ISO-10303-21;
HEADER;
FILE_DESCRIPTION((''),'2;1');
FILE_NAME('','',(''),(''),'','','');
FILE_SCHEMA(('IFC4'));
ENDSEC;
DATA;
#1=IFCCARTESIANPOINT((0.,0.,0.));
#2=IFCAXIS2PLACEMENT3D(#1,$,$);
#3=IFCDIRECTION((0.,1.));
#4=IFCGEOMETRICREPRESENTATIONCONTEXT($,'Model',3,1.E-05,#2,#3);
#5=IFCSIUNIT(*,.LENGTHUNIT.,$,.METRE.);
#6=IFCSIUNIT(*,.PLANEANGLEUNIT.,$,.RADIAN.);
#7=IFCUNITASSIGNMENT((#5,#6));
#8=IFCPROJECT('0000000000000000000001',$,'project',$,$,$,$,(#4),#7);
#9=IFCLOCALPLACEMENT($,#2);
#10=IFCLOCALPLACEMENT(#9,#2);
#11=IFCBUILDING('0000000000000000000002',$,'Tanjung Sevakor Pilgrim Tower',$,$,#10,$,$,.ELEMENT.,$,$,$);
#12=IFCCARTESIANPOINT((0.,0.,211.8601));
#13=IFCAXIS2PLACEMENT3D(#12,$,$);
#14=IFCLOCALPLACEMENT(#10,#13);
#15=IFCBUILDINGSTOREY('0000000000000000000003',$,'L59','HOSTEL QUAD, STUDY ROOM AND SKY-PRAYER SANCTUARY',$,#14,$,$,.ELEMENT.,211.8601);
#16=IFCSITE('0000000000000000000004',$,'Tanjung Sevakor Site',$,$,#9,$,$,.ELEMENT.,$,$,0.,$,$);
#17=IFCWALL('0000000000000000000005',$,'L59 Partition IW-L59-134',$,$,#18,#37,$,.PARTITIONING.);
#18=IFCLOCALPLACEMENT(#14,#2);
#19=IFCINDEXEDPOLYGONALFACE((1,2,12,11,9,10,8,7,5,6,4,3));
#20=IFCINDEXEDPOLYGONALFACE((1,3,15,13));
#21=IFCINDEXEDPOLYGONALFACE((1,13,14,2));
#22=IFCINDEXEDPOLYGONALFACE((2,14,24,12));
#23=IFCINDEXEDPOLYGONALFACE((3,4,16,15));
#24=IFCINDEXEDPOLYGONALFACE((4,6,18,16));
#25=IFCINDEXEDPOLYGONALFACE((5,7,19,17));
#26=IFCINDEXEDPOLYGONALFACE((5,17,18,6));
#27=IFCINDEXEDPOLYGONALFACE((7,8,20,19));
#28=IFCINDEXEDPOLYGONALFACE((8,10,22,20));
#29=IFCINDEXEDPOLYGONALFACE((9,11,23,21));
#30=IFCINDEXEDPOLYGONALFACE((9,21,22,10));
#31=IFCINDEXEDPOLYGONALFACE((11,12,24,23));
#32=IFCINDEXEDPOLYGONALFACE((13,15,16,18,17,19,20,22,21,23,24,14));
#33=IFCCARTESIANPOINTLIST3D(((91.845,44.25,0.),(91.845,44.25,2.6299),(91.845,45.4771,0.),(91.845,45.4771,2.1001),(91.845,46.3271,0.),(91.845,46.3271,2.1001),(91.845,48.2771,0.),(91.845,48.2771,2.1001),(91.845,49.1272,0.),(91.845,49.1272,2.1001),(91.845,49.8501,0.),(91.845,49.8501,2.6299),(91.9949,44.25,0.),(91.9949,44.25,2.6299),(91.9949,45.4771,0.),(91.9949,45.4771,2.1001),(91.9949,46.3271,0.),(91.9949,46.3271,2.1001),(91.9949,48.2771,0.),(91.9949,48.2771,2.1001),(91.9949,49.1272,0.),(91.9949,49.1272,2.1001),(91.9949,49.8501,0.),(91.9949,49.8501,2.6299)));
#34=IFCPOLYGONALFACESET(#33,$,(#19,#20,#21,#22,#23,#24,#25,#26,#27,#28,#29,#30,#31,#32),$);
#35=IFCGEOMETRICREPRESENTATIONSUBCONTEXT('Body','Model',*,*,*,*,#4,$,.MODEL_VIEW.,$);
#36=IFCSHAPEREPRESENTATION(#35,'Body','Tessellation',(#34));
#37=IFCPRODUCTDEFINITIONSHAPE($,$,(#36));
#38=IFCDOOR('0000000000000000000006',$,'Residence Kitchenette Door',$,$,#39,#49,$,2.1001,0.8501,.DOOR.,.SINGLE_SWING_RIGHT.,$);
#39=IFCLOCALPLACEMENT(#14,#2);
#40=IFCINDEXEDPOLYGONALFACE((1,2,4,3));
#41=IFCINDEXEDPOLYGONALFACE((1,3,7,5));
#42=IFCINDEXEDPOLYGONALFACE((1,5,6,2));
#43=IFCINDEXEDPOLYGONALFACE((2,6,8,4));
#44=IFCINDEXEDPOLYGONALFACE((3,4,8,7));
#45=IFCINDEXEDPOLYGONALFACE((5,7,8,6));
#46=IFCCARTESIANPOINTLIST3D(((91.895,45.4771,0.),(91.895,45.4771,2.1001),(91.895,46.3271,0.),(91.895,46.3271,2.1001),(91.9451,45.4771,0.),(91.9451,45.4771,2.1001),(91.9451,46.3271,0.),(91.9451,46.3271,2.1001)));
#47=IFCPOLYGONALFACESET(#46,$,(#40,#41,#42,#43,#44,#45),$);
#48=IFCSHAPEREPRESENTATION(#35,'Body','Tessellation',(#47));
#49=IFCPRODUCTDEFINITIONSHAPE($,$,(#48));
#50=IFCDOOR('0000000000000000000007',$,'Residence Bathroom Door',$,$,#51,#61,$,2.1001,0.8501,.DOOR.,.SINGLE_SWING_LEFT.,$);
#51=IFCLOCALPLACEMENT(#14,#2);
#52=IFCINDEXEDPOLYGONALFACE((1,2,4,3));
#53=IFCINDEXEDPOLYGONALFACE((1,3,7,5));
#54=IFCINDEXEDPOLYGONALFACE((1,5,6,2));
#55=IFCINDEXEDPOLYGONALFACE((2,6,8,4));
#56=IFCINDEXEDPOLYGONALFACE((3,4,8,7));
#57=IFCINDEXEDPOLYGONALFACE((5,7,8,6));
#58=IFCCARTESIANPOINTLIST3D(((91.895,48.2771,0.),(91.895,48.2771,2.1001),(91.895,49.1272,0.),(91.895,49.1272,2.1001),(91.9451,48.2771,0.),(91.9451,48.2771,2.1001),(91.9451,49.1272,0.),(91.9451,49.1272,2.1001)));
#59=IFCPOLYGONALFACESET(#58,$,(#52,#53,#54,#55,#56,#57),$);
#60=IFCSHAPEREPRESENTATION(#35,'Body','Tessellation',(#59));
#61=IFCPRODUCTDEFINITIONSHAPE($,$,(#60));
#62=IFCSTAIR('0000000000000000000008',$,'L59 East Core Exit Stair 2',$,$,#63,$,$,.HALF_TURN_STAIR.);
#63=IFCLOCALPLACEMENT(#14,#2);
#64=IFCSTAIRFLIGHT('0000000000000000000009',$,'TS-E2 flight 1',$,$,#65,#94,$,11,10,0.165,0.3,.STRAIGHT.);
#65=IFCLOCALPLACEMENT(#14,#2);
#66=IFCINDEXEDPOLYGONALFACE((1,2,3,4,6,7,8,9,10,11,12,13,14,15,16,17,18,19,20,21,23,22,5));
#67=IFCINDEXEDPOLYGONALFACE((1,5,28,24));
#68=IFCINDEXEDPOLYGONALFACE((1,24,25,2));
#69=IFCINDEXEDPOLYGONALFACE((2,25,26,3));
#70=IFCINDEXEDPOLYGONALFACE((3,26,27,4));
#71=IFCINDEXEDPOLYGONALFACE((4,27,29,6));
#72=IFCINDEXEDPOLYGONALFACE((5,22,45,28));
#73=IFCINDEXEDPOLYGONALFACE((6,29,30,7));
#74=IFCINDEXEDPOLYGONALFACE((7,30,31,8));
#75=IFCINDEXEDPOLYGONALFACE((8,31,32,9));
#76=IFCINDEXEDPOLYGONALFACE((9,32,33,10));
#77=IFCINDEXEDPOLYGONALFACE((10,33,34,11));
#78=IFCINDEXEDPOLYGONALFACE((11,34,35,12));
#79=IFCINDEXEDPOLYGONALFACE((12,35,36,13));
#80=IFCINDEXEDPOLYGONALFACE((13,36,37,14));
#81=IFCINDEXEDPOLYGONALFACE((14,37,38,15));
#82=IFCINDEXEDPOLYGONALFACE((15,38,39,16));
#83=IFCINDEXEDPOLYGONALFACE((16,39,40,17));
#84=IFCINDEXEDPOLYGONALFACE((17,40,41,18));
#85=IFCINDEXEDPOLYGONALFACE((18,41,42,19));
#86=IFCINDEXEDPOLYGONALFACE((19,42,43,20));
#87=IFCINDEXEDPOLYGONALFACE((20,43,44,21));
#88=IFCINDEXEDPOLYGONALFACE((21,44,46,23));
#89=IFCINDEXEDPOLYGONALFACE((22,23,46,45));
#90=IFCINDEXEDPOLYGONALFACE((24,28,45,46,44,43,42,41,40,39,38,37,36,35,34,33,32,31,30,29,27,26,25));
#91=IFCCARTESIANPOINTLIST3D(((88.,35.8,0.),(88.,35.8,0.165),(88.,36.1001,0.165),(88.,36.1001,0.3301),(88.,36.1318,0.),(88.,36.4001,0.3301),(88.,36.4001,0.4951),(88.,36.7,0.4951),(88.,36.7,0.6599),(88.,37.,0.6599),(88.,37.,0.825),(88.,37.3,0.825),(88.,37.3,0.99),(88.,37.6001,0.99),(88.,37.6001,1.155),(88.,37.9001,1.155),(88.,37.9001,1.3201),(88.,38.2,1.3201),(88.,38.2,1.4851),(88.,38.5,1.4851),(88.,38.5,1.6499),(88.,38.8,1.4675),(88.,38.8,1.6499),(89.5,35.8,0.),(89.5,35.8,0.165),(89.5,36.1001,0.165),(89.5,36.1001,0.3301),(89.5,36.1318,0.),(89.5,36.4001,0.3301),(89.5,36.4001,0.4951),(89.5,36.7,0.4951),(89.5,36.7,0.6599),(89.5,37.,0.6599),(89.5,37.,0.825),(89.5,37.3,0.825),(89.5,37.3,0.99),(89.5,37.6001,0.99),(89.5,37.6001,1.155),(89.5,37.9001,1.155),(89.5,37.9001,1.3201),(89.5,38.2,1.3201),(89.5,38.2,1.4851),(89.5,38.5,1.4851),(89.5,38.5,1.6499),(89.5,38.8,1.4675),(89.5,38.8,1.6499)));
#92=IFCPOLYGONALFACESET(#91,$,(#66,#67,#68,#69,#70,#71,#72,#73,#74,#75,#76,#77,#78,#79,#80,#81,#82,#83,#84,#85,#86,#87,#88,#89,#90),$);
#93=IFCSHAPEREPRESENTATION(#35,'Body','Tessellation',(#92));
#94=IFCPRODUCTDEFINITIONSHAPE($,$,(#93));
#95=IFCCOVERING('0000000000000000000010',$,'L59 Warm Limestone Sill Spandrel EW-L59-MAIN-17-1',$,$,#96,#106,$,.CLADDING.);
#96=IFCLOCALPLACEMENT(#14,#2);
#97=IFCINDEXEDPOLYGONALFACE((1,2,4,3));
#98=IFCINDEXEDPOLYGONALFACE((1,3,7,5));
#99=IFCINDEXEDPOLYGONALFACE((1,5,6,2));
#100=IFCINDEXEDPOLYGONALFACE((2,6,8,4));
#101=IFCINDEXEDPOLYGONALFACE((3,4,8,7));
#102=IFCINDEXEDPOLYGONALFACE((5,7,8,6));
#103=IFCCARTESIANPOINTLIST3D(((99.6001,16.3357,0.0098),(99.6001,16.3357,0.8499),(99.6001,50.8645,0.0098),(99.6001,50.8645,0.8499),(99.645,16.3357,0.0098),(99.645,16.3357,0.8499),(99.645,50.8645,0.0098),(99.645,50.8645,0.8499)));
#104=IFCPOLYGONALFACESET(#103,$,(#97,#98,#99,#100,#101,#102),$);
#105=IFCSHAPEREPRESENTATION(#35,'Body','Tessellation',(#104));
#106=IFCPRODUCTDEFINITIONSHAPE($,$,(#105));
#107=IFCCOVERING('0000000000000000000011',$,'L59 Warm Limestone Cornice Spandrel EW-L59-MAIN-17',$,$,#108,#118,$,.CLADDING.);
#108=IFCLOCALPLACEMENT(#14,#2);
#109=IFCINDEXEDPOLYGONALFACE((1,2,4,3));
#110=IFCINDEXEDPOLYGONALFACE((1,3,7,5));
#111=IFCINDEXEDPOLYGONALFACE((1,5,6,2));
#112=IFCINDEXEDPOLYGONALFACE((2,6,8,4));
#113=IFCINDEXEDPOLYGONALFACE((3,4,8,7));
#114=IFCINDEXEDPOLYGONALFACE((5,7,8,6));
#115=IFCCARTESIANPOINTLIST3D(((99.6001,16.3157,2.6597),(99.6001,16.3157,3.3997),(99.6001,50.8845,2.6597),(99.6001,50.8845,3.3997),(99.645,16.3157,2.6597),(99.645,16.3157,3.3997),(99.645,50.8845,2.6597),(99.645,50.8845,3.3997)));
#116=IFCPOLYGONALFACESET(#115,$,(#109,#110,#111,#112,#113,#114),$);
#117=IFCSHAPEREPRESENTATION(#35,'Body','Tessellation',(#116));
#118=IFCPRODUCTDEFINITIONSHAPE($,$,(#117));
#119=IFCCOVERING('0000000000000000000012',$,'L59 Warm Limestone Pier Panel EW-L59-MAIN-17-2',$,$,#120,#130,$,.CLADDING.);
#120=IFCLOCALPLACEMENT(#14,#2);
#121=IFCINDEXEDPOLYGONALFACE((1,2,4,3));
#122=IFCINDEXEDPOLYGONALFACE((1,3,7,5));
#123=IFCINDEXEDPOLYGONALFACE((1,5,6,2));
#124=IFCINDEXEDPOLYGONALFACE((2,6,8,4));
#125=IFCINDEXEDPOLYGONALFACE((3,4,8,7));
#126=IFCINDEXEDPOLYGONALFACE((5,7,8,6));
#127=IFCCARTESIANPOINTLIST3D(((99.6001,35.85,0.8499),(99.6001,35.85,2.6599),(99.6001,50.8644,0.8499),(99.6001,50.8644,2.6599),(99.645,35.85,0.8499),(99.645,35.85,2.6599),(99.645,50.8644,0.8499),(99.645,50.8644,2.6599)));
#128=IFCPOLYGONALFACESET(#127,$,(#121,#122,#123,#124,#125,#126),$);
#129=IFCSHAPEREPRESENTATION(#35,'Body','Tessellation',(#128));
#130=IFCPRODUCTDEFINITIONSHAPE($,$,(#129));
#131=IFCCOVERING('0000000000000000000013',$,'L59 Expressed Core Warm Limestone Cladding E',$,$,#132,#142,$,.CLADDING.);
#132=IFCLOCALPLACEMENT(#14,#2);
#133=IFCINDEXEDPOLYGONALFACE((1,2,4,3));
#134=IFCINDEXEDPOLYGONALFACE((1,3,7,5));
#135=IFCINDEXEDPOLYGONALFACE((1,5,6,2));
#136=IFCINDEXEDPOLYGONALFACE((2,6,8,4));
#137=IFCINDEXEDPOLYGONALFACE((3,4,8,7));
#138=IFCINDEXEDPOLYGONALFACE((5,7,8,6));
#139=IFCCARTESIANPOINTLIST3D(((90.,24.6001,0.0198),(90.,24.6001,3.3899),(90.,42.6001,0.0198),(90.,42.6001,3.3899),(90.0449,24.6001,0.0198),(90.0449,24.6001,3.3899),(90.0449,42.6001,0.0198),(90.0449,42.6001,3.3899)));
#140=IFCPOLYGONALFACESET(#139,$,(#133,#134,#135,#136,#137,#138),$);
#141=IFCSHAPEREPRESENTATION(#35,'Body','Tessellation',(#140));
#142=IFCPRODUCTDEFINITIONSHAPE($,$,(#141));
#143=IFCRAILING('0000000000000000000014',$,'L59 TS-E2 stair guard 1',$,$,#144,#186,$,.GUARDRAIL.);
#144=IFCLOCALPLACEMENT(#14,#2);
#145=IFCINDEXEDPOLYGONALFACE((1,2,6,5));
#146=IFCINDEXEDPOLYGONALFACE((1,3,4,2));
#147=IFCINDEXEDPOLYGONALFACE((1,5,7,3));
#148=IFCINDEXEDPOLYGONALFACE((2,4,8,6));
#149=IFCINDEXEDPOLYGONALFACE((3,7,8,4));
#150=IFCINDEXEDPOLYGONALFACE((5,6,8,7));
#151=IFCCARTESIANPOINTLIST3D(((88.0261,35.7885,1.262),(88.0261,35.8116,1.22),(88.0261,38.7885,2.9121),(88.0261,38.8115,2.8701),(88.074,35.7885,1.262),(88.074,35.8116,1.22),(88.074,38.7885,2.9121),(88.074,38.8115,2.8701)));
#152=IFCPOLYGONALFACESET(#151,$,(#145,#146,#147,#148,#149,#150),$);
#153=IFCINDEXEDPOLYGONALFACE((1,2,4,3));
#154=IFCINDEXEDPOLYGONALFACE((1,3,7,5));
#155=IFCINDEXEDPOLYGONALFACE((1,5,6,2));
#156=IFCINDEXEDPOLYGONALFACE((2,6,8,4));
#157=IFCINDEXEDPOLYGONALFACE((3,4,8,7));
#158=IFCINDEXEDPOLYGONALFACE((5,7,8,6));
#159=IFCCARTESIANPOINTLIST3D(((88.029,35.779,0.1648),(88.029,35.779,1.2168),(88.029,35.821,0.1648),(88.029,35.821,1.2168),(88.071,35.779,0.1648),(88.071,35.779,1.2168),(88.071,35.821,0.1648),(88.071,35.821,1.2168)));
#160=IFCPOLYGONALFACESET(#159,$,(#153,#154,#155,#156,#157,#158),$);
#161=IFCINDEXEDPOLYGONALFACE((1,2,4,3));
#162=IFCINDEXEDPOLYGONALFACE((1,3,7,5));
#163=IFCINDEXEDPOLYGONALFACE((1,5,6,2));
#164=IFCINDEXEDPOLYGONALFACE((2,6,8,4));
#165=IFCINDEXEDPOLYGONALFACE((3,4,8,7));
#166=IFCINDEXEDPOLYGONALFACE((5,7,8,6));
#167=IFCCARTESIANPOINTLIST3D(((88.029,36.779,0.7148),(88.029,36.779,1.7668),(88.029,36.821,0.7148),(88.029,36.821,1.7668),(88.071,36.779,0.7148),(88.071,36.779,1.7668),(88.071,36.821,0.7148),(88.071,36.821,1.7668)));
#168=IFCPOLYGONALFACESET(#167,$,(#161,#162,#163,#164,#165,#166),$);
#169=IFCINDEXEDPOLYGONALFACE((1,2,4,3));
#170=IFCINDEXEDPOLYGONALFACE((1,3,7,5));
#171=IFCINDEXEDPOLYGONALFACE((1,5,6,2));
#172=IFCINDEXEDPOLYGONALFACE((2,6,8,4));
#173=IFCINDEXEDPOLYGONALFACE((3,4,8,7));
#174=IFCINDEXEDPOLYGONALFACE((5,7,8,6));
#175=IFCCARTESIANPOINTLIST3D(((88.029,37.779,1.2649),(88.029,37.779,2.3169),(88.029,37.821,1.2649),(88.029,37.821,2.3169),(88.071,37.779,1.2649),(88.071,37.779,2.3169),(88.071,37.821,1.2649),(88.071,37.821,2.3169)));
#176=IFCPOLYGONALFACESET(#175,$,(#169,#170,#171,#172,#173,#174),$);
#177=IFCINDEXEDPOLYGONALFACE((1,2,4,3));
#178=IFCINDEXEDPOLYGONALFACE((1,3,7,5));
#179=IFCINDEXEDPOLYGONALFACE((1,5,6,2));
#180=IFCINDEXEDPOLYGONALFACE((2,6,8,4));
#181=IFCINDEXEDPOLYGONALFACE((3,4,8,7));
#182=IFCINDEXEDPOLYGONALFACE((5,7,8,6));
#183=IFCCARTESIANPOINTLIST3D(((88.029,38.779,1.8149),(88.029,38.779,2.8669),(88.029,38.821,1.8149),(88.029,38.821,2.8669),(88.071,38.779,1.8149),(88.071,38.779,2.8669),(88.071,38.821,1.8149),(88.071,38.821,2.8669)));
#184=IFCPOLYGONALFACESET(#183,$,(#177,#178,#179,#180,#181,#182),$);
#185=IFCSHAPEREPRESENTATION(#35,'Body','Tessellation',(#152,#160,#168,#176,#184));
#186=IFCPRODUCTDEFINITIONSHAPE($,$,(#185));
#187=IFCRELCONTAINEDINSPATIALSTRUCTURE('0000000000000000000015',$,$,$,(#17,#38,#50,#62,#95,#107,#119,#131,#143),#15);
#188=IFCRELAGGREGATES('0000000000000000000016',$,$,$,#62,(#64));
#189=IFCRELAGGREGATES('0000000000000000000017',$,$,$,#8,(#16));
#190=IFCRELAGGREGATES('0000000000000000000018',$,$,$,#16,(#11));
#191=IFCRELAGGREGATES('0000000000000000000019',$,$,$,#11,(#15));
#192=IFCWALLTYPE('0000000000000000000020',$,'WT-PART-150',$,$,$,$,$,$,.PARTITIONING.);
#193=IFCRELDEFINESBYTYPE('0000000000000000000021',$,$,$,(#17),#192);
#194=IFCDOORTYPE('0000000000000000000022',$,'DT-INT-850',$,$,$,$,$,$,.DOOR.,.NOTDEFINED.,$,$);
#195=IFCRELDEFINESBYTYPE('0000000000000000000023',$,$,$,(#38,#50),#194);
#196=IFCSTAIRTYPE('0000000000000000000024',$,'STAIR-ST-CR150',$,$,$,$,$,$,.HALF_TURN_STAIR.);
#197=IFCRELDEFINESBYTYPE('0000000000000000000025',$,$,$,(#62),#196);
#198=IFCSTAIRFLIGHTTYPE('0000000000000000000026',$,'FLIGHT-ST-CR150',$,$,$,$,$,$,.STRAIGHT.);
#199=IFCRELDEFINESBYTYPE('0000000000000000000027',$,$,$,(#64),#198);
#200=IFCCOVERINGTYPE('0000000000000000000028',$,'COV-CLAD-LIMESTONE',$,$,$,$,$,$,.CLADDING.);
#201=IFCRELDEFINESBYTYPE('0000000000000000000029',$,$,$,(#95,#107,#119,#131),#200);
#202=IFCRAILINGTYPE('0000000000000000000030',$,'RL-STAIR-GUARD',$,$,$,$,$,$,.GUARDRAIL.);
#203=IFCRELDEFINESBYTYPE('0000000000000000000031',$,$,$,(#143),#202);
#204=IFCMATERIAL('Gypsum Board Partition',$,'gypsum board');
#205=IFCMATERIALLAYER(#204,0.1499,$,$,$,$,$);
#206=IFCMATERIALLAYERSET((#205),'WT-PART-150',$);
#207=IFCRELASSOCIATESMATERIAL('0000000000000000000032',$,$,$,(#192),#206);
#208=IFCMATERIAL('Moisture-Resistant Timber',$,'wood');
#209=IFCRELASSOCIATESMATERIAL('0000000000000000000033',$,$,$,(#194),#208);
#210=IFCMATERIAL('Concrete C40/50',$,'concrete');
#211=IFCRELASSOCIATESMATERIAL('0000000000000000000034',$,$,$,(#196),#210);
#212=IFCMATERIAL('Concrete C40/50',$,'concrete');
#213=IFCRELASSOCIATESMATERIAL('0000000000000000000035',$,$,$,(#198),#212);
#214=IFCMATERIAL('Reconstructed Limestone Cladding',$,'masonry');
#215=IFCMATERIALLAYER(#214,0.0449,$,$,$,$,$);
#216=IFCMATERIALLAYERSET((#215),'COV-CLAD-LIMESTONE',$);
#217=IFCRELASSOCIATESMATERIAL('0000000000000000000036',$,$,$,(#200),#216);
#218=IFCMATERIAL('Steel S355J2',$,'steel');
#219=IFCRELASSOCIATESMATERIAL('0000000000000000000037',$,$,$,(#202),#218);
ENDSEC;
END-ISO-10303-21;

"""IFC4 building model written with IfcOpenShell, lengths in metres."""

from ifc_helpers import new_model, si_unit, direction, frame, frame_2d, origin, origin_2d, place, context, subcontext, project, spatial, polyline, rectangle, outline, extrude, material, layer, layer_set, type_object, element, fill, aggregate, save


model = new_model("IFC4")

# Units and contexts
model_context = context("Model", 3, precision=1e-05, world=origin(), true_north=direction((0.0, 1.0)))
body_context = subcontext(model_context, "Body", "Model", "MODEL_VIEW")
ifc_project = project(units=[si_unit("LENGTHUNIT", "METRE"), si_unit("PLANEANGLEUNIT", "RADIAN")], contexts=[model_context])

# Site, building, storey
site_placement = place(None, origin())
site = spatial("IfcSite", under=ifc_project, at=site_placement, Name="Tanjung Sevakor Site", CompositionType="ELEMENT", RefElevation=0.0)
building_placement = place(site_placement, origin())
building = spatial("IfcBuilding", under=site, at=building_placement, Name="Tanjung Sevakor Pilgrim Tower", CompositionType="ELEMENT")
storey_placement = place(building_placement, frame((0.0, 0.0, 211.8601)))
storey = spatial("IfcBuildingStorey", under=building, at=storey_placement, Name="L59", Description="HOSTEL QUAD, STUDY ROOM AND SKY-PRAYER SANCTUARY", CompositionType="ELEMENT", Elevation=211.8601)

# Wall, openings, doors
ifc_material_1 = material(Name="Gypsum Board Partition", Category="gypsum board")
ifc_layer_1 = layer(ifc_material_1, 0.1499)
ifc_layer_set_1 = layer_set([ifc_layer_1], Name="WT-PART-150")
wall_type_1 = type_object("IfcWallType", Name="WT-PART-150", PredefinedType="PARTITIONING", material=ifc_layer_set_1)
wall_1_placement = place(storey_placement, frame((91.9199, 44.25, 0.0), z_axis=(0.0, 0.0, 1.0), x_axis=(0.0, 1.0, 0.0)))
wall_1 = element("IfcWall", 1, at=wall_1_placement, inside=storey, type_object=wall_type_1, Name="L59 Partition IW-L59-134", PredefinedType="PARTITIONING", context=body_context, shape_type="SweptSolid", body=[
    extrude(rectangle(XDim=5.6001, YDim=0.1499, at=frame_2d((2.8, 0.0))), origin(), (0.0, 0.0, 1.0), 2.6299),
])
opening_1_placement = place(wall_1_placement, frame((1.2271, 0.0, 0.0)))
opening_1 = element("IfcOpeningElement", 2, at=opening_1_placement, cuts=wall_1, PredefinedType="OPENING", context=body_context, shape_type="SweptSolid", body=[
    extrude(rectangle(XDim=0.8501, YDim=2.1001, at=frame_2d((0.425, 1.05))), frame((0.0, 0.085, 0.0), z_axis=(0.0, -1.0, 0.0), x_axis=(1.0, 0.0, 0.0)), (0.0, 0.0, 1.0), 0.1699),
])
opening_2_placement = place(wall_1_placement, frame((4.0271, 0.0, 0.0)))
opening_2 = element("IfcOpeningElement", 3, at=opening_2_placement, cuts=wall_1, PredefinedType="OPENING", context=body_context, shape_type="SweptSolid", body=[
    extrude(rectangle(XDim=0.8501, YDim=2.1001, at=frame_2d((0.425, 1.05))), frame((0.0, 0.085, 0.0), z_axis=(0.0, -1.0, 0.0), x_axis=(1.0, 0.0, 0.0)), (0.0, 0.0, 1.0), 0.1699),
])
ifc_material_2 = material(Name="Moisture-Resistant Timber", Category="wood")
door_type_1 = type_object("IfcDoorType", Name="DT-INT-850", OperationType="NOTDEFINED", PredefinedType="DOOR", material=ifc_material_2)
door_1_placement = place(opening_1_placement, origin())
door_1 = element("IfcDoor", 4, at=door_1_placement, inside=storey, type_object=door_type_1, Name="Residence Kitchenette Door", OperationType="SINGLE_SWING_RIGHT", OverallHeight=2.1001, OverallWidth=0.8501, PredefinedType="DOOR", context=body_context, shape_type="SweptSolid", body=[
    extrude(rectangle(XDim=0.8501, YDim=2.1001, at=frame_2d((0.425, 1.05))), frame((0.0, 0.0249, 0.0), z_axis=(0.0, -1.0, 0.0), x_axis=(1.0, 0.0, 0.0)), (0.0, 0.0, 1.0), 0.05),
])
fill(opening_1, door_1)
door_2_placement = place(opening_2_placement, origin())
door_2 = element("IfcDoor", 5, at=door_2_placement, inside=storey, type_object=door_type_1, Name="Residence Bathroom Door", OperationType="SINGLE_SWING_LEFT", OverallHeight=2.1001, OverallWidth=0.8501, PredefinedType="DOOR", context=body_context, shape_type="SweptSolid", body=[
    extrude(rectangle(XDim=0.8501, YDim=2.1001, at=frame_2d((0.425, 1.05))), frame((0.0, 0.0249, 0.0), z_axis=(0.0, -1.0, 0.0), x_axis=(1.0, 0.0, 0.0)), (0.0, 0.0, 1.0), 0.05),
])
fill(opening_2, door_2)

# Stair, stair flight
ifc_material_3 = material(Name="Concrete C40/50", Category="concrete")
stair_type = type_object("IfcStairType", Name="STAIR-ST-CR150", PredefinedType="HALF_TURN_STAIR", material=ifc_material_3)
stair_placement = place(storey_placement, origin())
stair = element("IfcStair", 6, at=stair_placement, inside=storey, type_object=stair_type, Name="L59 East Core Exit Stair 2", PredefinedType="HALF_TURN_STAIR")
ifc_material_4 = material(Name="Concrete C40/50", Category="concrete")
stair_flight_type = type_object("IfcStairFlightType", Name="FLIGHT-ST-CR150", PredefinedType="STRAIGHT", material=ifc_material_4)
stair_flight_placement = place(storey_placement, frame((88.75, 35.8, 0.0), z_axis=(0.0, 0.0, 1.0), x_axis=(0.0, 1.0, 0.0)))
stair_flight = element("IfcStairFlight", 7, at=stair_flight_placement, type_object=stair_flight_type, Name="TS-E2 flight 1", NumberOfRisers=11, NumberOfTreads=10, PredefinedType="STRAIGHT", RiserHeight=0.165, TreadLength=0.3, context=body_context, shape_type="SweptSolid", body=[
    extrude(outline(polyline([(0.0, 0.0), (0.0, 0.165), (0.3, 0.165), (0.3, 0.3301), (0.6001, 0.3301), (0.6001, 0.4951), (0.8999, 0.4951), (0.8999, 0.6599), (1.2, 0.6599), (1.2, 0.825), (1.5, 0.825), (1.5, 0.99), (1.8, 0.99), (1.8, 1.155), (2.1001, 1.155), (2.1001, 1.3201), (2.3999, 1.3201), (2.3999, 1.4851), (2.7, 1.4851), (2.7, 1.6499), (3.0, 1.6499), (3.0, 1.8149), (3.0, 1.4675), (0.3318, 0.0), (0.0, 0.0)])), frame((0.0, 0.75, 0.0), z_axis=(0.0, -1.0, 0.0), x_axis=(1.0, 0.0, 0.0)), (0.0, 0.0, 1.0), 1.5),
])
aggregate(stair, [stair_flight])

# Coverings
ifc_material_5 = material(Name="Reconstructed Limestone Cladding", Category="masonry")
ifc_layer_2 = layer(ifc_material_5, 0.0449)
ifc_layer_set_2 = layer_set([ifc_layer_2], Name="COV-CLAD-LIMESTONE")
covering_type = type_object("IfcCoveringType", Name="COV-CLAD-LIMESTONE", PredefinedType="CLADDING", material=ifc_layer_set_2)
covering_1_placement = place(storey_placement, frame((99.6226, 33.6001, 0.0098), z_axis=(0.0, 0.0, 1.0), x_axis=(0.0, 1.0, 0.0)))
element("IfcCovering", 8, at=covering_1_placement, inside=storey, type_object=covering_type, Name="L59 Warm Limestone Sill Spandrel EW-L59-MAIN-17-1", PredefinedType="CLADDING", context=body_context, shape_type="SweptSolid", body=[
    extrude(rectangle(XDim=34.5288, YDim=0.0449, at=origin_2d()), origin(), (0.0, 0.0, 1.0), 0.8401),
])
covering_2_placement = place(storey_placement, frame((99.6226, 33.6001, 2.6597), z_axis=(0.0, 0.0, 1.0), x_axis=(0.0, 1.0, 0.0)))
element("IfcCovering", 9, at=covering_2_placement, inside=storey, type_object=covering_type, Name="L59 Warm Limestone Cornice Spandrel EW-L59-MAIN-17", PredefinedType="CLADDING", context=body_context, shape_type="SweptSolid", body=[
    extrude(rectangle(XDim=34.5688, YDim=0.0449, at=origin_2d()), origin(), (0.0, 0.0, 1.0), 0.74),
])
covering_3_placement = place(storey_placement, frame((99.6226, 43.3572, 0.8499), z_axis=(0.0, 0.0, 1.0), x_axis=(0.0, 1.0, 0.0)))
element("IfcCovering", 10, at=covering_3_placement, inside=storey, type_object=covering_type, Name="L59 Warm Limestone Pier Panel EW-L59-MAIN-17-2", PredefinedType="CLADDING", context=body_context, shape_type="SweptSolid", body=[
    extrude(rectangle(XDim=15.0144, YDim=0.0449, at=origin_2d()), origin(), (0.0, 0.0, 1.0), 1.8101),
])
covering_4_placement = place(storey_placement, frame((90.0225, 33.6001, 0.0198), z_axis=(0.0, 0.0, 1.0), x_axis=(1.0, 0.0, 0.0)))
element("IfcCovering", 11, at=covering_4_placement, inside=storey, type_object=covering_type, Name="L59 Expressed Core Warm Limestone Cladding E", PredefinedType="CLADDING", context=body_context, shape_type="SweptSolid", body=[
    extrude(rectangle(XDim=0.0449, YDim=18.0, at=origin_2d()), origin(), (0.0, 0.0, 1.0), 3.3701),
])

# Railing
ifc_material_6 = material(Name="Steel S355J2", Category="steel")
railing_type_1 = type_object("IfcRailingType", Name="RL-STAIR-GUARD", PredefinedType="GUARDRAIL", material=ifc_material_6)
railing_1_placement = place(storey_placement, frame((88.05, 35.8, 0.1648)))
element("IfcRailing", 12, at=railing_1_placement, inside=storey, type_object=railing_type_1, Name="L59 TS-E2 stair guard 1", PredefinedType="GUARDRAIL", context=body_context, shape_type="SweptSolid", body=[
    extrude(rectangle(XDim=0.0479, YDim=0.0479), frame((0.0, 0.0, 1.0762), z_axis=(0.0, 0.876198, 0.481952), x_axis=(-1.0, 0.0, 0.0)), (0.0, 0.0, 1.0), 3.4238),
    extrude(rectangle(XDim=0.042, YDim=0.042), origin(), (0.0, 0.0, 1.0), 1.052),
    extrude(rectangle(XDim=0.042, YDim=0.042), frame((0.0, 1.0, 0.55)), (0.0, 0.0, 1.0), 1.052),
    extrude(rectangle(XDim=0.042, YDim=0.042), frame((0.0, 2.0, 1.1001)), (0.0, 0.0, 1.0), 1.052),
    extrude(rectangle(XDim=0.042, YDim=0.042), frame((0.0, 3.0, 1.6501)), (0.0, 0.0, 1.0), 1.052),
])

save(model, "model.ifc")
